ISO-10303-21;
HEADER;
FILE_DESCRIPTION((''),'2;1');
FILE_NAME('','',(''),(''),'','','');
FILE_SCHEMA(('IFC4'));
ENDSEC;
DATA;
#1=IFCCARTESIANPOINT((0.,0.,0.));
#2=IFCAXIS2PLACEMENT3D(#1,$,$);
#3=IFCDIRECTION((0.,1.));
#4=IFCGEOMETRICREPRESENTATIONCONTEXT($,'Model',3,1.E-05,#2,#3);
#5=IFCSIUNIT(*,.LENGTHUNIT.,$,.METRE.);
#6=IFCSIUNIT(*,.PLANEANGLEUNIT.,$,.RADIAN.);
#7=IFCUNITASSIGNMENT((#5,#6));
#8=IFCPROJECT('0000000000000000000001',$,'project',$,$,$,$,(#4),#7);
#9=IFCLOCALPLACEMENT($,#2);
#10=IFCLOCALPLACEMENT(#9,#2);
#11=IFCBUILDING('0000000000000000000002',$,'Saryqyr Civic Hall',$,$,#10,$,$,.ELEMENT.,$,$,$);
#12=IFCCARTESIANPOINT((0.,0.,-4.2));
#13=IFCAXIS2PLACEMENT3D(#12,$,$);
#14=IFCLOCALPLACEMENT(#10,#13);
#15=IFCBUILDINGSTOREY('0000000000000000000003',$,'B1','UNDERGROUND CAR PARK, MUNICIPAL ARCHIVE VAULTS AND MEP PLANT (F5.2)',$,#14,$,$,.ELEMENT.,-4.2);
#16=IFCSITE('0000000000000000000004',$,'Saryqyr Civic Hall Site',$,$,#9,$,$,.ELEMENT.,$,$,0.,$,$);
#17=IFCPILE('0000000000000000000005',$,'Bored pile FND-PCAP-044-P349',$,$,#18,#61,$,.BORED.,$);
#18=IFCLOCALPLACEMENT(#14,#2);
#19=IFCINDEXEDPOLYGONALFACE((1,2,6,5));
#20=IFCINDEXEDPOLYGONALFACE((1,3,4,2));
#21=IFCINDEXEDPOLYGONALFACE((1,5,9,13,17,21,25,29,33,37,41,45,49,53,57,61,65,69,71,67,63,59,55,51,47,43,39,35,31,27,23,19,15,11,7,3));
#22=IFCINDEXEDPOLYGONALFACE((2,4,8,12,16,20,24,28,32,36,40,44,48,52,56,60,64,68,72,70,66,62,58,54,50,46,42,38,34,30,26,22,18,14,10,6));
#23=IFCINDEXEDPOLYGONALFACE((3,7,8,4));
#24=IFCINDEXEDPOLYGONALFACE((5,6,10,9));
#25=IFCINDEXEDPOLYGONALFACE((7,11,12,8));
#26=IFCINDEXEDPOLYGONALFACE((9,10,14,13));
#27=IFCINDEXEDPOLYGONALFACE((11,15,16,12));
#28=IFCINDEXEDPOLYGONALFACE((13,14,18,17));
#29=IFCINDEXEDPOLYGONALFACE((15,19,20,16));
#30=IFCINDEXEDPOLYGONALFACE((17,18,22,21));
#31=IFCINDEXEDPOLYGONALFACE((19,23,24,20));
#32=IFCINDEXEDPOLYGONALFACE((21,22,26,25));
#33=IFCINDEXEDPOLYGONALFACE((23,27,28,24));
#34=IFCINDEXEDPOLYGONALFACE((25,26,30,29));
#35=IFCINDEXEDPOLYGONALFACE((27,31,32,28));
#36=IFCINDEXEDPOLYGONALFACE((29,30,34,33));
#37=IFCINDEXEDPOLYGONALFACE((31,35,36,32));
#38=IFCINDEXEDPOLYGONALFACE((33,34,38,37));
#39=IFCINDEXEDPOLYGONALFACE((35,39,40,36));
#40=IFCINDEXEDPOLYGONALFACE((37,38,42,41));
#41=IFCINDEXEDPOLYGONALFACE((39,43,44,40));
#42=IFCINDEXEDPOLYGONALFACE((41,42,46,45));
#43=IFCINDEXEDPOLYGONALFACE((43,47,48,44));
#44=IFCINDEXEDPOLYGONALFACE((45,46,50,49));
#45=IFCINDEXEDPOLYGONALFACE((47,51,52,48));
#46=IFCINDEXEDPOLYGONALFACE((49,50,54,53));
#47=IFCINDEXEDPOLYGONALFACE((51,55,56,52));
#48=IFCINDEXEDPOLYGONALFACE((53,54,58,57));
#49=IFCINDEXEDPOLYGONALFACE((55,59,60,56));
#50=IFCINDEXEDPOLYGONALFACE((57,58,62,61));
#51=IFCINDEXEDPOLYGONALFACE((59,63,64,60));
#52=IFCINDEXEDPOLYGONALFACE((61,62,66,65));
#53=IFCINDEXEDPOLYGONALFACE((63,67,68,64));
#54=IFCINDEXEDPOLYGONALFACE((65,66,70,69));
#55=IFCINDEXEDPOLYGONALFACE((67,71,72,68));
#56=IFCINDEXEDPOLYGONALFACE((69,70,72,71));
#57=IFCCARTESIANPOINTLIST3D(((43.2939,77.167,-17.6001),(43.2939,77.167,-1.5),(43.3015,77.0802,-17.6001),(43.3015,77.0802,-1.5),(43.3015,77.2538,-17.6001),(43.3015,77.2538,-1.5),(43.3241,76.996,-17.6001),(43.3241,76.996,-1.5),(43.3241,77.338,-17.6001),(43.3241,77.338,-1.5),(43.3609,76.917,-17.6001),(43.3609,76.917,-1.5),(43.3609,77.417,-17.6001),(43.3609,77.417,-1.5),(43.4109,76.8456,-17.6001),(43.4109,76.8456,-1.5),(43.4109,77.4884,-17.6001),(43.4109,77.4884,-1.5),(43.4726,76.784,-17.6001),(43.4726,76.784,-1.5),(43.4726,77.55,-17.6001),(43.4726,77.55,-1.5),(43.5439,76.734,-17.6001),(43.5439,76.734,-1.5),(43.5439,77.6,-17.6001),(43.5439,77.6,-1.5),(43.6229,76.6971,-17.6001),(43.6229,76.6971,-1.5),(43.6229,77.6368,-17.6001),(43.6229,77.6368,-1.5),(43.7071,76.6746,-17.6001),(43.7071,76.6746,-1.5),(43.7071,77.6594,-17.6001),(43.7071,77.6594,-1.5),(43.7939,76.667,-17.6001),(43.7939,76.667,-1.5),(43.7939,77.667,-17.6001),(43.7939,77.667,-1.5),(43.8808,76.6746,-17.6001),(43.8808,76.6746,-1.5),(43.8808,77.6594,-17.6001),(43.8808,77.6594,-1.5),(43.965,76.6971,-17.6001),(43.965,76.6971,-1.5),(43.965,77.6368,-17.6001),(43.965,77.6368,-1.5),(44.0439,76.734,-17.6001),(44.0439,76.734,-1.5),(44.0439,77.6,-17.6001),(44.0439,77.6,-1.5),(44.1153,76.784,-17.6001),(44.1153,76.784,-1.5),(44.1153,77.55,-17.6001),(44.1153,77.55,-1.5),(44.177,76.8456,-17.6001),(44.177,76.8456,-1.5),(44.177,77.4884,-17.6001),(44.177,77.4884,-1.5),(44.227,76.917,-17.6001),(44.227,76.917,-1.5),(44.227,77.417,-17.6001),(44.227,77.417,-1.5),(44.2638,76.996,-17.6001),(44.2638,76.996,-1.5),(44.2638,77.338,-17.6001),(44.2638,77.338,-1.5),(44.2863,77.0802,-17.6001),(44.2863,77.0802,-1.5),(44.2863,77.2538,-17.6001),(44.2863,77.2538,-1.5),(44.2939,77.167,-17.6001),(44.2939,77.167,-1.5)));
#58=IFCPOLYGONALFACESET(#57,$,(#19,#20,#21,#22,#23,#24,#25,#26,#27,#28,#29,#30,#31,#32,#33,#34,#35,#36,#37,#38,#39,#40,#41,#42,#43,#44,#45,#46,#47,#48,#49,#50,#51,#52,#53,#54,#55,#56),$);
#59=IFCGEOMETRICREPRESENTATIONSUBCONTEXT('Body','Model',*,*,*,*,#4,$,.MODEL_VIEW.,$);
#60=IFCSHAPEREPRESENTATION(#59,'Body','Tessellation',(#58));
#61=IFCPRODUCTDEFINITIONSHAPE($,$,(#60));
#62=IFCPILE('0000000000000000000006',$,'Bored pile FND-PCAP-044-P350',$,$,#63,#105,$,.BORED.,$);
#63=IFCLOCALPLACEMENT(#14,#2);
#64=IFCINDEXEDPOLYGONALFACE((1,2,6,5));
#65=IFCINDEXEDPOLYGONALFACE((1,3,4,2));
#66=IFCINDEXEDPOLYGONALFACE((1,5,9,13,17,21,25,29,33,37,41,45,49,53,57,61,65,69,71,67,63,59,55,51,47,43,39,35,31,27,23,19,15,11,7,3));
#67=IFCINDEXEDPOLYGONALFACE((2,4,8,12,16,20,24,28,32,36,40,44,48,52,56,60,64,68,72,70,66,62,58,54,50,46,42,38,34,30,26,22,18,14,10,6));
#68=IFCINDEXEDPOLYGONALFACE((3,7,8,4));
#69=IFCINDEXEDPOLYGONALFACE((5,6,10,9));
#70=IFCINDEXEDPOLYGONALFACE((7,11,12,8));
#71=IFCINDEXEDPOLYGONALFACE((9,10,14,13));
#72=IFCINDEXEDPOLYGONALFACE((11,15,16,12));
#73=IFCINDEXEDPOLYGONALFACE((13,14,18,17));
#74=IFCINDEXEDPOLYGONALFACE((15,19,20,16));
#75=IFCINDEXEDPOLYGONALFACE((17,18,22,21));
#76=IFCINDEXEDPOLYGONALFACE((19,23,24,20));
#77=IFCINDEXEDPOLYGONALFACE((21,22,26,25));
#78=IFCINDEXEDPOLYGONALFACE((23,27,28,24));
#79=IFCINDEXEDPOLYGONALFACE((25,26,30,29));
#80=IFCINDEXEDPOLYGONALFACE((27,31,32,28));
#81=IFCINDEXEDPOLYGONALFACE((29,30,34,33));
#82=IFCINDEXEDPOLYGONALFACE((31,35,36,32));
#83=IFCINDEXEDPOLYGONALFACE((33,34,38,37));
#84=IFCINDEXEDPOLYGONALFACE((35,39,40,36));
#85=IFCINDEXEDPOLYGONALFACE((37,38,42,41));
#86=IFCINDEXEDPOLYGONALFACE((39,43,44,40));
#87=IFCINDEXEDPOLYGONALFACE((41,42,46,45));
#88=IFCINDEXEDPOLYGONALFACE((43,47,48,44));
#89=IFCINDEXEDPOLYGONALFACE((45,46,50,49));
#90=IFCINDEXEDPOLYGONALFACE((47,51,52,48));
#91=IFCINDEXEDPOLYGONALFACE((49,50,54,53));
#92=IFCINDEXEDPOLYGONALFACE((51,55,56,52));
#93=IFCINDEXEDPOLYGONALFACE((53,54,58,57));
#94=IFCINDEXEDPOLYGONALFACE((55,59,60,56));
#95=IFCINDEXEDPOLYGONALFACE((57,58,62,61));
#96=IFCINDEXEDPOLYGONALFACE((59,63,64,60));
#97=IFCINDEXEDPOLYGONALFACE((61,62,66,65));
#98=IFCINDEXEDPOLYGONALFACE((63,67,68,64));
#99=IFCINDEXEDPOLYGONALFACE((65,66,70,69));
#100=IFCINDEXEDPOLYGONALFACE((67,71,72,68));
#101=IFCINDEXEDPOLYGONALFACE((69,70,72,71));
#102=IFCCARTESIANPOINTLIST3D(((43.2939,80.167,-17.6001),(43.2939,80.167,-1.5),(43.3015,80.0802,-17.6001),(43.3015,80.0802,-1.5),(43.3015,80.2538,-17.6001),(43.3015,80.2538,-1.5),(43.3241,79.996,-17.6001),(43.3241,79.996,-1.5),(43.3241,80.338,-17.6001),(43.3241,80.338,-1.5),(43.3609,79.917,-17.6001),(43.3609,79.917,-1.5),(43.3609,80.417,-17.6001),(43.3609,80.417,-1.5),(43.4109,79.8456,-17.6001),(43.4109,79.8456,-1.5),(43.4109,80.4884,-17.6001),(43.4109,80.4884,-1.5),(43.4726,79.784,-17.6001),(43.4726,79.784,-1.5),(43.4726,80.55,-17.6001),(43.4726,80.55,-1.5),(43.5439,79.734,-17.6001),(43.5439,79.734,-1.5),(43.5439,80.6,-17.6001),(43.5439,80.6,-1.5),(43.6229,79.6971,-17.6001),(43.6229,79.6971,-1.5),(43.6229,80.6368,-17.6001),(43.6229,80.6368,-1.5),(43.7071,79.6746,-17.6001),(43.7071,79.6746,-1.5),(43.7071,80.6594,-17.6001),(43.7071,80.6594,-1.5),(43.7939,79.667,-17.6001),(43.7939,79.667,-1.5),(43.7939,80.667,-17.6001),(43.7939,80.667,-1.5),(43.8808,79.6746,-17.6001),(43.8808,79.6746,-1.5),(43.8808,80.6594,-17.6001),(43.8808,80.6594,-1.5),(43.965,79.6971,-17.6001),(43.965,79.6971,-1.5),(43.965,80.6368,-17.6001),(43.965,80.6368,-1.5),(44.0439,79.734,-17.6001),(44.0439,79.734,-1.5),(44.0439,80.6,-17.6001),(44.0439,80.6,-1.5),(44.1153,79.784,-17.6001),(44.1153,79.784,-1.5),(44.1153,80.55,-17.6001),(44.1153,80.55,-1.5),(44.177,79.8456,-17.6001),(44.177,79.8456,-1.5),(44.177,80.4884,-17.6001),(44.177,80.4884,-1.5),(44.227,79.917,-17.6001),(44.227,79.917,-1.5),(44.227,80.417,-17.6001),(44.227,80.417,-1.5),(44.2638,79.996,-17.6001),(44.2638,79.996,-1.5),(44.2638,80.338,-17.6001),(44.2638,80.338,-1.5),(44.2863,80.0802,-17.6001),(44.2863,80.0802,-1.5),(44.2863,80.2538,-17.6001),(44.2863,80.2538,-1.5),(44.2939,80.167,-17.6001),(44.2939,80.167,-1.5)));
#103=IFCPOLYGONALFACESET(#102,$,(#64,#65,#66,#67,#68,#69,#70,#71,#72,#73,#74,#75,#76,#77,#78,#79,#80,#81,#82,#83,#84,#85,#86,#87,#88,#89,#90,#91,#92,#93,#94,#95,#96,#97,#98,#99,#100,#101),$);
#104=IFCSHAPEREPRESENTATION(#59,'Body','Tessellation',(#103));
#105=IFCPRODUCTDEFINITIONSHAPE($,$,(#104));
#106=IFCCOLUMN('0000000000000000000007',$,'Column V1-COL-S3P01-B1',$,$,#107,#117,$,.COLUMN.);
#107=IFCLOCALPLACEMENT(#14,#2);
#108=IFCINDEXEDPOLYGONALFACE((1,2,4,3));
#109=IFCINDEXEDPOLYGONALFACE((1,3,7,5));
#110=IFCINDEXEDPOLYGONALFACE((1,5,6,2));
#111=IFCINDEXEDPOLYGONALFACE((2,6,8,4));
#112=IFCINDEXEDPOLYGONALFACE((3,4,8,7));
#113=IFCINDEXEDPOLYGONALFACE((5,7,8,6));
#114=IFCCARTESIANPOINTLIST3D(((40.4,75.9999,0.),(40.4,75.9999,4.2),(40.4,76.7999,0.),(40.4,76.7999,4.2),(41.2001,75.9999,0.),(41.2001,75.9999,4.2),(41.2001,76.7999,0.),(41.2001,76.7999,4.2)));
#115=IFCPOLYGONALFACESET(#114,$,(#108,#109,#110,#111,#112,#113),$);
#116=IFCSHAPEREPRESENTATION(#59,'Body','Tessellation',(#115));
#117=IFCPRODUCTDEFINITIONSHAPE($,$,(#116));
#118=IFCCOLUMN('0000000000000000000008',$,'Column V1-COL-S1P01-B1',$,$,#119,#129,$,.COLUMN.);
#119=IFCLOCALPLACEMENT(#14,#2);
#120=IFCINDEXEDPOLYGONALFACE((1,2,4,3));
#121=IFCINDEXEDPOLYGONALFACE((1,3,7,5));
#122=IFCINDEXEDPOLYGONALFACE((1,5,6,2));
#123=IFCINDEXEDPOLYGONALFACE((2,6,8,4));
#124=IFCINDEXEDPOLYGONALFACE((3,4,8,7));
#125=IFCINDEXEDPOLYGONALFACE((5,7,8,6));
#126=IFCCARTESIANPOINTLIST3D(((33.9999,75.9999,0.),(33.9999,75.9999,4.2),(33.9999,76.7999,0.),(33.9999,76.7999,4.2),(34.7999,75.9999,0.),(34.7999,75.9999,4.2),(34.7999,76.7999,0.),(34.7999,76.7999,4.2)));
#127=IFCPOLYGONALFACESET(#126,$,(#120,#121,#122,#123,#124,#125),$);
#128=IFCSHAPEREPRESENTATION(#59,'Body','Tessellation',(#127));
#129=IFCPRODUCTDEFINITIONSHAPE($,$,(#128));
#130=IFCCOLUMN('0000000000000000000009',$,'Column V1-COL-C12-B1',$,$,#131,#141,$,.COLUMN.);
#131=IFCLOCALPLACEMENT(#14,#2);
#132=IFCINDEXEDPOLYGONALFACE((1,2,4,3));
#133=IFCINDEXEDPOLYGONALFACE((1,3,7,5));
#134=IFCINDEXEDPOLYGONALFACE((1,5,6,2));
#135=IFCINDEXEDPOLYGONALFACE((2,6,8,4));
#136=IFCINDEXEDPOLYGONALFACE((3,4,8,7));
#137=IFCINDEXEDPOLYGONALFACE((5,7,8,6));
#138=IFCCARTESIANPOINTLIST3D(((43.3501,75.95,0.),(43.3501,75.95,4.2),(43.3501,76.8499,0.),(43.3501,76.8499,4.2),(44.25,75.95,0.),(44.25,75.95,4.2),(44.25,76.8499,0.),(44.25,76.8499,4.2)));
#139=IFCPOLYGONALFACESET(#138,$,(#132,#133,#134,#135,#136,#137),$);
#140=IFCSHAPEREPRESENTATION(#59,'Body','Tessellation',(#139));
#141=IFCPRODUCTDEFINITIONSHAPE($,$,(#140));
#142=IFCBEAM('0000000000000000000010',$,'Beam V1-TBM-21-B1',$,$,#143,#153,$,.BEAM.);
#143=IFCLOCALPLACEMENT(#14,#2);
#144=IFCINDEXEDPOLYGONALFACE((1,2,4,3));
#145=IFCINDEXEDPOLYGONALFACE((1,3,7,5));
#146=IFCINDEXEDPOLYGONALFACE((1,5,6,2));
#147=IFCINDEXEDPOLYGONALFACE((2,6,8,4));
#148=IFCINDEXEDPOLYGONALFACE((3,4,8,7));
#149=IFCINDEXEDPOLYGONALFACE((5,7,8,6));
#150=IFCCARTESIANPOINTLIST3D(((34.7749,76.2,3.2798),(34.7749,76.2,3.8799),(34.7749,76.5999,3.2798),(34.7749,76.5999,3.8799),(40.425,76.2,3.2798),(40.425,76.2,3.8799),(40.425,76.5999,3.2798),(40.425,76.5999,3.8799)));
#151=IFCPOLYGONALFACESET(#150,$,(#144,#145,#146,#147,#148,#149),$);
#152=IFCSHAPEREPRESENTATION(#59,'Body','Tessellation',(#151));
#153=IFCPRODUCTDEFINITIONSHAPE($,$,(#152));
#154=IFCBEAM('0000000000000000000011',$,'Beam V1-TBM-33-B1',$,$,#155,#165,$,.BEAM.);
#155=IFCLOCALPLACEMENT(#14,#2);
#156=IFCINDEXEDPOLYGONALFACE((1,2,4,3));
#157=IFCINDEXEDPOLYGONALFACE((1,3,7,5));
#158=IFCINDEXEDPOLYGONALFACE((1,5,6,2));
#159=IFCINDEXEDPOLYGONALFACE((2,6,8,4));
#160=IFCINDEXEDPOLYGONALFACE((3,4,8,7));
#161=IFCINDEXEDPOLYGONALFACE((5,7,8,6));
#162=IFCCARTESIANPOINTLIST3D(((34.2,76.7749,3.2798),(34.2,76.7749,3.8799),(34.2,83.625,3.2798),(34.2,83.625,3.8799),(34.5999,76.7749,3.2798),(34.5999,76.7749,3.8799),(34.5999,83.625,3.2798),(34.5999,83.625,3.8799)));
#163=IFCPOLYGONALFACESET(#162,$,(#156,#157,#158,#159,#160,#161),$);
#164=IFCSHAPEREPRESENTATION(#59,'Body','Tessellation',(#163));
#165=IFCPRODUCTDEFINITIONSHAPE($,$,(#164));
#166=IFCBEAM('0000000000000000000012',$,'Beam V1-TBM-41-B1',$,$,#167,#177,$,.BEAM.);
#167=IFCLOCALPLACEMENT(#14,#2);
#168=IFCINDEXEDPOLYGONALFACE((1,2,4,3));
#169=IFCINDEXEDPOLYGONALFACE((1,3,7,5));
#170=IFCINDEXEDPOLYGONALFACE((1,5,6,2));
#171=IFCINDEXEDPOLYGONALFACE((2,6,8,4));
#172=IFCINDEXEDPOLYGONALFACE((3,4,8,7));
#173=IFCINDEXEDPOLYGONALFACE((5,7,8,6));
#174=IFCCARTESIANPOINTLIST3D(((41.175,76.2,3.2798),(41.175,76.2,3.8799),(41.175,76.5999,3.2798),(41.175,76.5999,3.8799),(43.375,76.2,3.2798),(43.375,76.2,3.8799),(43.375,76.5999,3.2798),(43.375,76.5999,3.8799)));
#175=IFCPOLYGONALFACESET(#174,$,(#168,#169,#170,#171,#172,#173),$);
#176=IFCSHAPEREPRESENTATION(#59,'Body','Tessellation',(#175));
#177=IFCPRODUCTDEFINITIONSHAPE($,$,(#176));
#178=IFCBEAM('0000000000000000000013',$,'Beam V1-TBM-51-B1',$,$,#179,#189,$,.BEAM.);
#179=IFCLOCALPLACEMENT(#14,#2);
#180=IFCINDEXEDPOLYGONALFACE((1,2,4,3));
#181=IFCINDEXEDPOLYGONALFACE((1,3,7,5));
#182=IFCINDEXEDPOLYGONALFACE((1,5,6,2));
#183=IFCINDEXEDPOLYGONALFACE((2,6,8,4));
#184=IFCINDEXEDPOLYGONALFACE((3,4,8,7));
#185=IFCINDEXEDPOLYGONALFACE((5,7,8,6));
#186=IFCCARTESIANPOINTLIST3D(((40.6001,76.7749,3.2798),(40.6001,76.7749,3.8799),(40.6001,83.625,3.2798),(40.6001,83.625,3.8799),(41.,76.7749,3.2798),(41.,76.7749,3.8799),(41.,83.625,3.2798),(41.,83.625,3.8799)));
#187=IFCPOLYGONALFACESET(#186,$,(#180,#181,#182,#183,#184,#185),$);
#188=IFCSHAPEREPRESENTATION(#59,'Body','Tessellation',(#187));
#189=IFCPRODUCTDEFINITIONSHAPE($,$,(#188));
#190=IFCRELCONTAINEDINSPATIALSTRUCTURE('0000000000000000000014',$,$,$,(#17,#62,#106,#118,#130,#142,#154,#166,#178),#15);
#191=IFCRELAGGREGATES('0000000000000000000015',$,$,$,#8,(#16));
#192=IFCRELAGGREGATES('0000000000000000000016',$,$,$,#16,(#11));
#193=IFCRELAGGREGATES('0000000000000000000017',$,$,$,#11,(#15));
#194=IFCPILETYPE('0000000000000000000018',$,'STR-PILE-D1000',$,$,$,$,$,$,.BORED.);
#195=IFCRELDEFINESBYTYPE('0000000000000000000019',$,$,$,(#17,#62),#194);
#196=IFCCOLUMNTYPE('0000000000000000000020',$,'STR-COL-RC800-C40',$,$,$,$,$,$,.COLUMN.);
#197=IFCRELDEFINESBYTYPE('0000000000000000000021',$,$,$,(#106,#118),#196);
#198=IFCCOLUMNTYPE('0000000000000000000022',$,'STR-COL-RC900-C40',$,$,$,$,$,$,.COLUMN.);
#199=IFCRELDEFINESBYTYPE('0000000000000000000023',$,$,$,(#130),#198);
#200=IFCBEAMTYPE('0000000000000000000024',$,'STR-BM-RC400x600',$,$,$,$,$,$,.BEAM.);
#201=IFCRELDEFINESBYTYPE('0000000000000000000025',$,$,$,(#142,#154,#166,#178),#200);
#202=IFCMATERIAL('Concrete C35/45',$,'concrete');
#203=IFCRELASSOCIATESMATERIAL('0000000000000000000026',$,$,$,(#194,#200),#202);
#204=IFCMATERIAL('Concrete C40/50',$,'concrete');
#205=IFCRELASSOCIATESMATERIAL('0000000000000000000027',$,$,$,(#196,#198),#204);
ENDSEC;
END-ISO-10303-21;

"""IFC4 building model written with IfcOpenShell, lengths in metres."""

from ifc_helpers import new_model, si_unit, direction, frame, origin, origin_2d, place, context, subcontext, project, spatial, rectangle, circle, extrude, material, material_profile, profile_set, type_object, element, save


model = new_model("IFC4")

# Units and contexts
model_context = context("Model", 3, precision=1e-05, world=origin(), true_north=direction((0.0, 1.0)))
body_context = subcontext(model_context, "Body", "Model", "MODEL_VIEW")
ifc_project = project(units=[si_unit("LENGTHUNIT", "METRE"), si_unit("PLANEANGLEUNIT", "RADIAN")], contexts=[model_context])

# Site, building, storey
site_placement = place(None, origin())
site = spatial("IfcSite", under=ifc_project, at=site_placement, Name="Saryqyr Civic Hall Site", CompositionType="ELEMENT", RefElevation=0.0)
building_placement = place(site_placement, origin())
building = spatial("IfcBuilding", under=site, at=building_placement, Name="Saryqyr Civic Hall", CompositionType="ELEMENT")
storey_placement = place(building_placement, frame((0.0, 0.0, -4.2)))
storey = spatial("IfcBuildingStorey", under=building, at=storey_placement, Name="B1", Description="UNDERGROUND CAR PARK, MUNICIPAL ARCHIVE VAULTS AND MEP PLANT (F5.2)", CompositionType="ELEMENT", Elevation=-4.2)

# Piles
ifc_material_1 = material(Name="Concrete C35/45", Category="concrete")
ifc_material_profile_1 = material_profile(ifc_material_1, circle(Radius=0.5, at=origin_2d()), Name="BORED PILE D1000")
ifc_profile_set_1 = profile_set([ifc_material_profile_1], Name="Concrete C35/45")
pile_type = type_object("IfcPileType", Name="STR-PILE-D1000", PredefinedType="BORED", material=ifc_profile_set_1)
for number, where, z_axis, x_axis, name in (
    (1, (43.7939, 77.167, -1.5), (0.0, 0.0, -1.0), (1.0, 0.0, 0.0), "Bored pile FND-PCAP-044-P349"),
    (2, (43.7939, 80.167, -1.5), (0.0, 0.0, -1.0), (1.0, 0.0, 0.0), "Bored pile FND-PCAP-044-P350"),
):
    element("IfcPile", number, at=place(storey_placement, frame(where, z_axis=z_axis, x_axis=x_axis)), inside=storey, type_object=pile_type, Name=name, PredefinedType="BORED", context=body_context, shape_type="SweptSolid", body=[
        extrude(circle(Radius=0.5, at=origin_2d()), origin(), (0.0, 0.0, 1.0), 16.1001),
    ])

# Columns
ifc_material_2 = material(Name="Concrete C40/50", Category="concrete")
ifc_material_profile_2 = material_profile(ifc_material_2, rectangle(XDim=0.8, YDim=0.8, at=origin_2d()), Name="RC 800x800")
ifc_profile_set_2 = profile_set([ifc_material_profile_2], Name="Concrete C40/50")
column_type_1 = type_object("IfcColumnType", Name="STR-COL-RC800-C40", PredefinedType="COLUMN", material=ifc_profile_set_2)
for number, where, z_axis, x_axis, name in (
    (3, (40.8, 76.3999, 0.0), (0.0, 0.0, 1.0), (1.0, 0.0, 0.0), "Column V1-COL-S3P01-B1"),
    (4, (34.3999, 76.3999, 0.0), (0.0, 0.0, 1.0), (1.0, 0.0, 0.0), "Column V1-COL-S1P01-B1"),
):
    element("IfcColumn", number, at=place(storey_placement, frame(where, z_axis=z_axis, x_axis=x_axis)), inside=storey, type_object=column_type_1, Name=name, PredefinedType="COLUMN", context=body_context, shape_type="SweptSolid", body=[
        extrude(rectangle(XDim=0.8, YDim=0.8, at=origin_2d()), origin(), (0.0, 0.0, 1.0), 4.2),
    ])
ifc_material_profile_3 = material_profile(ifc_material_2, rectangle(XDim=0.8999, YDim=0.8999, at=origin_2d()), Name="RC 900x900")
ifc_profile_set_3 = profile_set([ifc_material_profile_3], Name="Concrete C40/50")
column_type_2 = type_object("IfcColumnType", Name="STR-COL-RC900-C40", PredefinedType="COLUMN", material=ifc_profile_set_3)
column_placement = place(storey_placement, frame((43.8, 76.3999, 0.0), z_axis=(0.0, 0.0, 1.0), x_axis=(1.0, 0.0, 0.0)))
element("IfcColumn", 5, at=column_placement, inside=storey, type_object=column_type_2, Name="Column V1-COL-C12-B1", PredefinedType="COLUMN", context=body_context, shape_type="SweptSolid", body=[
    extrude(rectangle(XDim=0.8999, YDim=0.8999, at=origin_2d()), origin(), (0.0, 0.0, 1.0), 4.2),
])

# Beams
ifc_material_profile_4 = material_profile(ifc_material_1, rectangle(XDim=0.3999, YDim=0.6001, at=origin_2d()), Name="RC 400x600")
ifc_profile_set_4 = profile_set([ifc_material_profile_4], Name="Concrete C35/45")
beam_type_1 = type_object("IfcBeamType", Name="STR-BM-RC400x600", PredefinedType="BEAM", material=ifc_profile_set_4)
beam_1_placement = place(storey_placement, frame((34.7749, 76.3999, 3.5798), z_axis=(1.0, 0.0, 0.0), x_axis=(0.0, 1.0, 0.0)))
element("IfcBeam", 6, at=beam_1_placement, inside=storey, type_object=beam_type_1, Name="Beam V1-TBM-21-B1", PredefinedType="BEAM", context=body_context, shape_type="SweptSolid", body=[
    extrude(rectangle(XDim=0.3999, YDim=0.6001, at=origin_2d()), origin(), (0.0, 0.0, 1.0), 5.6501),
])
beam_2_placement = place(storey_placement, frame((34.3999, 76.7749, 3.5798), z_axis=(0.0, 1.0, 0.0), x_axis=(-1.0, 0.0, 0.0)))
element("IfcBeam", 7, at=beam_2_placement, inside=storey, type_object=beam_type_1, Name="Beam V1-TBM-33-B1", PredefinedType="BEAM", context=body_context, shape_type="SweptSolid", body=[
    extrude(rectangle(XDim=0.3999, YDim=0.6001, at=origin_2d()), origin(), (0.0, 0.0, 1.0), 6.8501),
])
beam_3_placement = place(storey_placement, frame((41.175, 76.3999, 3.5798), z_axis=(1.0, 0.0, 0.0), x_axis=(0.0, 1.0, 0.0)))
element("IfcBeam", 8, at=beam_3_placement, inside=storey, type_object=beam_type_1, Name="Beam V1-TBM-41-B1", PredefinedType="BEAM", context=body_context, shape_type="SweptSolid", body=[
    extrude(rectangle(XDim=0.3999, YDim=0.6001, at=origin_2d()), origin(), (0.0, 0.0, 1.0), 2.2),
])
beam_4_placement = place(storey_placement, frame((40.8, 76.7749, 3.5798), z_axis=(0.0, 1.0, 0.0), x_axis=(-1.0, 0.0, 0.0)))
element("IfcBeam", 9, at=beam_4_placement, inside=storey, type_object=beam_type_1, Name="Beam V1-TBM-51-B1", PredefinedType="BEAM", context=body_context, shape_type="SweptSolid", body=[
    extrude(rectangle(XDim=0.3999, YDim=0.6001, at=origin_2d()), origin(), (0.0, 0.0, 1.0), 6.8501),
])

save(model, "model.ifc")
